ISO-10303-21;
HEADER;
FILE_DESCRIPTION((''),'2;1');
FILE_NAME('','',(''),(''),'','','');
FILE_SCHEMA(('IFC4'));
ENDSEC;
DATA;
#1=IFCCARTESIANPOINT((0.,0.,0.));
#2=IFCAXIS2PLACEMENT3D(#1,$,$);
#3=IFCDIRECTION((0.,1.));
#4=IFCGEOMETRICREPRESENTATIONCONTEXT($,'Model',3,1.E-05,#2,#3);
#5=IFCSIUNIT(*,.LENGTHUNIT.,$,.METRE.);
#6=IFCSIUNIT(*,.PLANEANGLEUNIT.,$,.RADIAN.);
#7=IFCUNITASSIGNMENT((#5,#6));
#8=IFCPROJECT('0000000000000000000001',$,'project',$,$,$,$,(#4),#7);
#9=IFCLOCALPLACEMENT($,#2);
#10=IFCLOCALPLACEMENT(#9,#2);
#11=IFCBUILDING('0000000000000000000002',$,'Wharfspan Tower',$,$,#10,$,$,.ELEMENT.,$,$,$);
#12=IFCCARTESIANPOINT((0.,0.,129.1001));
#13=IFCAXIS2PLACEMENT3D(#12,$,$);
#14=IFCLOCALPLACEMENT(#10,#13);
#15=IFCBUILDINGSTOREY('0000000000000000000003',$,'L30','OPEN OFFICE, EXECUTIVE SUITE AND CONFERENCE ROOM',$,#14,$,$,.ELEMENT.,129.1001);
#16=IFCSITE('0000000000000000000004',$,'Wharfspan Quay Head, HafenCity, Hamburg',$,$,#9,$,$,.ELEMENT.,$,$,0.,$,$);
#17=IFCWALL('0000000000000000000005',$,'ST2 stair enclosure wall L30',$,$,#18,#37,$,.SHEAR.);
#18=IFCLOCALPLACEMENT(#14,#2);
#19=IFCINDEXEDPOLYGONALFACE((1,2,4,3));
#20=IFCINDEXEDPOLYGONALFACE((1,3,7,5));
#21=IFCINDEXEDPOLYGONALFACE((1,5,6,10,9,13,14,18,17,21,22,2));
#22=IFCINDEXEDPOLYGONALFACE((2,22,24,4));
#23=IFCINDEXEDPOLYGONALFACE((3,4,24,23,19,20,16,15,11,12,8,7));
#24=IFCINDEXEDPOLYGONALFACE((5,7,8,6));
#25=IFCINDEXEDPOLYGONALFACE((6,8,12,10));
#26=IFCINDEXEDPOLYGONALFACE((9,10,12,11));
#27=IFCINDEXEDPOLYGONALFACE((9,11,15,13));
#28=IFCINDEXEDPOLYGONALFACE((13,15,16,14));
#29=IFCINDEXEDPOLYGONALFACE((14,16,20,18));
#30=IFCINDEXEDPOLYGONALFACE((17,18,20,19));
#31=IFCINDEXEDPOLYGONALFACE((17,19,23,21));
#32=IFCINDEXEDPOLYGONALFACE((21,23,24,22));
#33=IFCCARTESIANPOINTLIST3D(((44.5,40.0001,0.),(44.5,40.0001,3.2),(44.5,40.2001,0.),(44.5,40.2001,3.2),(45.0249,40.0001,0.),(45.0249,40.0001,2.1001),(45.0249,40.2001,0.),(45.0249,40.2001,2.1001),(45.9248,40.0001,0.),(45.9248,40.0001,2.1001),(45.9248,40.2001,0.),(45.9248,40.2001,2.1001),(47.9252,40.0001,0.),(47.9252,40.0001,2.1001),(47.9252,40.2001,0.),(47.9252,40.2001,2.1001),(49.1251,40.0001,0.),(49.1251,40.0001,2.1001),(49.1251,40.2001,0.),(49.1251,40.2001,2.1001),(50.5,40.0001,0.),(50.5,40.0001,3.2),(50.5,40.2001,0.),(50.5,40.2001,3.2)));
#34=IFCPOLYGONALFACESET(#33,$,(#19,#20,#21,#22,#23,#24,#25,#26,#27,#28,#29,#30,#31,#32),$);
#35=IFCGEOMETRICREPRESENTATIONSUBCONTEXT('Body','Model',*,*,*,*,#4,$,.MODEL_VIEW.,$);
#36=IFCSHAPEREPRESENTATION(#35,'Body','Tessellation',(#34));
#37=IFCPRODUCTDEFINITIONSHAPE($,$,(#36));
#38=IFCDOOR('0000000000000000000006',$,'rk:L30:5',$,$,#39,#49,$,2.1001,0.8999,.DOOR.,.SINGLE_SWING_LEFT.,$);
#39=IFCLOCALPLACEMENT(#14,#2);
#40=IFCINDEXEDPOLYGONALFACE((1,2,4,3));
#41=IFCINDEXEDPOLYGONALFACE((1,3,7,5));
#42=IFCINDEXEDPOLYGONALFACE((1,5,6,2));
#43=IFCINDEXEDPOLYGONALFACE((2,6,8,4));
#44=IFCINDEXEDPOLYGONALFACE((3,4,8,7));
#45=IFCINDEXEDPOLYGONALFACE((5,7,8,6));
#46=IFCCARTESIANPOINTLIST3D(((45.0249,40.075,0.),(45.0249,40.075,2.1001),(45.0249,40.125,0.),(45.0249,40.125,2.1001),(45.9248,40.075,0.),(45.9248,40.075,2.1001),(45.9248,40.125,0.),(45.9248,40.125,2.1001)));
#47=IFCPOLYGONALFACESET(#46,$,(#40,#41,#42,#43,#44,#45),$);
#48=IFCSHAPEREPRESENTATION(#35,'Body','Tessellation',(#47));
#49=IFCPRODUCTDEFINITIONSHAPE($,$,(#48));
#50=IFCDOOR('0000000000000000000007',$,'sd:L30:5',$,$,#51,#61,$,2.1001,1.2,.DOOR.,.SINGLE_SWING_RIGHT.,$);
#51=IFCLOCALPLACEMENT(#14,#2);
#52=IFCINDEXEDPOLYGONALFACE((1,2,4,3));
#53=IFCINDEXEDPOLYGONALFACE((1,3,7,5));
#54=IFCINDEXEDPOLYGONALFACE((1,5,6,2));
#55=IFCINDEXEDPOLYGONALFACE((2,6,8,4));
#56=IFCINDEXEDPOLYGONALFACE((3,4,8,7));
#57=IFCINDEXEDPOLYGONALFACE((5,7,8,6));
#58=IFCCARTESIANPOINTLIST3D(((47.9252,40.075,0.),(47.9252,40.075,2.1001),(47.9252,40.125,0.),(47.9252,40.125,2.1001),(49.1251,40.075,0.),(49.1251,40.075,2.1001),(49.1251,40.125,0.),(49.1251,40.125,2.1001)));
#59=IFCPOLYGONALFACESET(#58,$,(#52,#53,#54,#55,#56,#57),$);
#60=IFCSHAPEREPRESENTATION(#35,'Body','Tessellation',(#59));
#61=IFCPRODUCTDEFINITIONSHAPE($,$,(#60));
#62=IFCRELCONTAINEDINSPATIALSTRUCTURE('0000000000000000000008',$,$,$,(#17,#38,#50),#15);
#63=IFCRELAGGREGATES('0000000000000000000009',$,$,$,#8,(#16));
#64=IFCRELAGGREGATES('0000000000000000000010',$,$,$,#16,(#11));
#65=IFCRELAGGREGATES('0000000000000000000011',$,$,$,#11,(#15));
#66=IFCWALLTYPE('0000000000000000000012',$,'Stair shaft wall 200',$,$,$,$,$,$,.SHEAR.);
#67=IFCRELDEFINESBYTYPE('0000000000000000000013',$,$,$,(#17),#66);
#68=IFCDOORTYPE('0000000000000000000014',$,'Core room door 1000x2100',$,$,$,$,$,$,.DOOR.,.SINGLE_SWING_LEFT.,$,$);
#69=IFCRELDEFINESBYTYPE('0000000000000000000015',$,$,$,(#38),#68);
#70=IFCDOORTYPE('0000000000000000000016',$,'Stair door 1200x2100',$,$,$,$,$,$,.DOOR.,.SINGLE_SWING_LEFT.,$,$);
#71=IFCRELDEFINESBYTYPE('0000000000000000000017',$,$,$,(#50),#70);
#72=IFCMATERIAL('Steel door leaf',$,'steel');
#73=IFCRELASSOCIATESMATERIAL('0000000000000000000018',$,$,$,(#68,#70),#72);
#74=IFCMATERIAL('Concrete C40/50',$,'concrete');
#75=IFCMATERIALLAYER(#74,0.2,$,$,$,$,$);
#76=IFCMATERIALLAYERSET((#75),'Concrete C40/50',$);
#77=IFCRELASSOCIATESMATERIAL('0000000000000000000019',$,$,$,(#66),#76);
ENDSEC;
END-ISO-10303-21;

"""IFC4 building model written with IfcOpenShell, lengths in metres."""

from ifc_helpers import new_model, si_unit, direction, frame, frame_2d, origin, place, context, subcontext, project, spatial, rectangle, extrude, material, layer, layer_set, type_object, element, fill, save


model = new_model("IFC4")

# Units and contexts
model_context = context("Model", 3, precision=1e-05, world=origin(), true_north=direction((0.0, 1.0)))
body_context = subcontext(model_context, "Body", "Model", "MODEL_VIEW")
ifc_project = project(units=[si_unit("LENGTHUNIT", "METRE"), si_unit("PLANEANGLEUNIT", "RADIAN")], contexts=[model_context])

# Site, building, storey
site_placement = place(None, origin())
site = spatial("IfcSite", under=ifc_project, at=site_placement, Name="Wharfspan Quay Head, HafenCity, Hamburg", CompositionType="ELEMENT", RefElevation=0.0)
building_placement = place(site_placement, origin())
building = spatial("IfcBuilding", under=site, at=building_placement, Name="Wharfspan Tower", CompositionType="ELEMENT")
storey_placement = place(building_placement, frame((0.0, 0.0, 129.1001)))
storey = spatial("IfcBuildingStorey", under=building, at=storey_placement, Name="L30", Description="OPEN OFFICE, EXECUTIVE SUITE AND CONFERENCE ROOM", CompositionType="ELEMENT", Elevation=129.1001)

# Shared definitions
ifc_material_1 = material(Name="Steel door leaf", Category="steel")
door_type_1 = type_object("IfcDoorType", Name="Core room door 1000x2100", OperationType="SINGLE_SWING_LEFT", PredefinedType="DOOR", material=ifc_material_1)

# Wall, openings, doors
ifc_material_2 = material(Name="Concrete C40/50", Category="concrete")
ifc_layer_1 = layer(ifc_material_2, 0.2)
ifc_layer_set_1 = layer_set([ifc_layer_1], Name="Concrete C40/50")
wall_type_1 = type_object("IfcWallType", Name="Stair shaft wall 200", PredefinedType="SHEAR", material=ifc_layer_set_1)
wall_1_placement = place(storey_placement, frame((44.5, 40.1001, 0.0), z_axis=(0.0, 0.0, 1.0), x_axis=(1.0, 0.0, 0.0)))
wall_1 = element("IfcWall", 1, at=wall_1_placement, inside=storey, type_object=wall_type_1, Name="ST2 stair enclosure wall L30", PredefinedType="SHEAR", context=body_context, shape_type="SweptSolid", body=[
    extrude(rectangle(XDim=6.0, YDim=0.2, at=frame_2d((3.0, 0.0))), origin(), (0.0, 0.0, 1.0), 3.2),
])
opening_1_placement = place(wall_1_placement, frame((3.425, 0.0, 0.0)))
opening_1 = element("IfcOpeningElement", 2, at=opening_1_placement, cuts=wall_1, PredefinedType="OPENING", context=body_context, shape_type="SweptSolid", body=[
    extrude(rectangle(XDim=1.2, YDim=2.1001, at=frame_2d((0.6001, 1.05))), frame((0.0, 0.1099, 0.0), z_axis=(0.0, -1.0, 0.0), x_axis=(1.0, 0.0, 0.0)), (0.0, 0.0, 1.0), 0.22),
])
opening_2_placement = place(wall_1_placement, frame((0.5249, 0.0, 0.0)))
opening_2 = element("IfcOpeningElement", 3, at=opening_2_placement, cuts=wall_1, PredefinedType="OPENING", context=body_context, shape_type="SweptSolid", body=[
    extrude(rectangle(XDim=0.8999, YDim=2.1001, at=frame_2d((0.45, 1.05))), frame((0.0, 0.1099, 0.0), z_axis=(0.0, -1.0, 0.0), x_axis=(1.0, 0.0, 0.0)), (0.0, 0.0, 1.0), 0.22),
])
door_1_placement = place(opening_2_placement, origin())
door_1 = element("IfcDoor", 4, at=door_1_placement, inside=storey, type_object=door_type_1, Name="rk:L30:5", OperationType="SINGLE_SWING_LEFT", OverallHeight=2.1001, OverallWidth=0.8999, PredefinedType="DOOR", context=body_context, shape_type="SweptSolid", body=[
    extrude(rectangle(XDim=0.8999, YDim=2.1001, at=frame_2d((0.45, 1.05))), frame((0.0, 0.0249, 0.0), z_axis=(0.0, -1.0, 0.0), x_axis=(1.0, 0.0, 0.0)), (0.0, 0.0, 1.0), 0.05),
])
fill(opening_2, door_1)
door_type_2 = type_object("IfcDoorType", Name="Stair door 1200x2100", OperationType="SINGLE_SWING_LEFT", PredefinedType="DOOR", material=ifc_material_1)
door_2_placement = place(opening_1_placement, origin())
door_2 = element("IfcDoor", 5, at=door_2_placement, inside=storey, type_object=door_type_2, Name="sd:L30:5", OperationType="SINGLE_SWING_RIGHT", OverallHeight=2.1001, OverallWidth=1.2, PredefinedType="DOOR", context=body_context, shape_type="SweptSolid", body=[
    extrude(rectangle(XDim=1.2, YDim=2.1001, at=frame_2d((0.6001, 1.05))), frame((0.0, 0.0249, 0.0), z_axis=(0.0, -1.0, 0.0), x_axis=(1.0, 0.0, 0.0)), (0.0, 0.0, 1.0), 0.05),
])
fill(opening_1, door_2)

save(model, "model.ifc")
